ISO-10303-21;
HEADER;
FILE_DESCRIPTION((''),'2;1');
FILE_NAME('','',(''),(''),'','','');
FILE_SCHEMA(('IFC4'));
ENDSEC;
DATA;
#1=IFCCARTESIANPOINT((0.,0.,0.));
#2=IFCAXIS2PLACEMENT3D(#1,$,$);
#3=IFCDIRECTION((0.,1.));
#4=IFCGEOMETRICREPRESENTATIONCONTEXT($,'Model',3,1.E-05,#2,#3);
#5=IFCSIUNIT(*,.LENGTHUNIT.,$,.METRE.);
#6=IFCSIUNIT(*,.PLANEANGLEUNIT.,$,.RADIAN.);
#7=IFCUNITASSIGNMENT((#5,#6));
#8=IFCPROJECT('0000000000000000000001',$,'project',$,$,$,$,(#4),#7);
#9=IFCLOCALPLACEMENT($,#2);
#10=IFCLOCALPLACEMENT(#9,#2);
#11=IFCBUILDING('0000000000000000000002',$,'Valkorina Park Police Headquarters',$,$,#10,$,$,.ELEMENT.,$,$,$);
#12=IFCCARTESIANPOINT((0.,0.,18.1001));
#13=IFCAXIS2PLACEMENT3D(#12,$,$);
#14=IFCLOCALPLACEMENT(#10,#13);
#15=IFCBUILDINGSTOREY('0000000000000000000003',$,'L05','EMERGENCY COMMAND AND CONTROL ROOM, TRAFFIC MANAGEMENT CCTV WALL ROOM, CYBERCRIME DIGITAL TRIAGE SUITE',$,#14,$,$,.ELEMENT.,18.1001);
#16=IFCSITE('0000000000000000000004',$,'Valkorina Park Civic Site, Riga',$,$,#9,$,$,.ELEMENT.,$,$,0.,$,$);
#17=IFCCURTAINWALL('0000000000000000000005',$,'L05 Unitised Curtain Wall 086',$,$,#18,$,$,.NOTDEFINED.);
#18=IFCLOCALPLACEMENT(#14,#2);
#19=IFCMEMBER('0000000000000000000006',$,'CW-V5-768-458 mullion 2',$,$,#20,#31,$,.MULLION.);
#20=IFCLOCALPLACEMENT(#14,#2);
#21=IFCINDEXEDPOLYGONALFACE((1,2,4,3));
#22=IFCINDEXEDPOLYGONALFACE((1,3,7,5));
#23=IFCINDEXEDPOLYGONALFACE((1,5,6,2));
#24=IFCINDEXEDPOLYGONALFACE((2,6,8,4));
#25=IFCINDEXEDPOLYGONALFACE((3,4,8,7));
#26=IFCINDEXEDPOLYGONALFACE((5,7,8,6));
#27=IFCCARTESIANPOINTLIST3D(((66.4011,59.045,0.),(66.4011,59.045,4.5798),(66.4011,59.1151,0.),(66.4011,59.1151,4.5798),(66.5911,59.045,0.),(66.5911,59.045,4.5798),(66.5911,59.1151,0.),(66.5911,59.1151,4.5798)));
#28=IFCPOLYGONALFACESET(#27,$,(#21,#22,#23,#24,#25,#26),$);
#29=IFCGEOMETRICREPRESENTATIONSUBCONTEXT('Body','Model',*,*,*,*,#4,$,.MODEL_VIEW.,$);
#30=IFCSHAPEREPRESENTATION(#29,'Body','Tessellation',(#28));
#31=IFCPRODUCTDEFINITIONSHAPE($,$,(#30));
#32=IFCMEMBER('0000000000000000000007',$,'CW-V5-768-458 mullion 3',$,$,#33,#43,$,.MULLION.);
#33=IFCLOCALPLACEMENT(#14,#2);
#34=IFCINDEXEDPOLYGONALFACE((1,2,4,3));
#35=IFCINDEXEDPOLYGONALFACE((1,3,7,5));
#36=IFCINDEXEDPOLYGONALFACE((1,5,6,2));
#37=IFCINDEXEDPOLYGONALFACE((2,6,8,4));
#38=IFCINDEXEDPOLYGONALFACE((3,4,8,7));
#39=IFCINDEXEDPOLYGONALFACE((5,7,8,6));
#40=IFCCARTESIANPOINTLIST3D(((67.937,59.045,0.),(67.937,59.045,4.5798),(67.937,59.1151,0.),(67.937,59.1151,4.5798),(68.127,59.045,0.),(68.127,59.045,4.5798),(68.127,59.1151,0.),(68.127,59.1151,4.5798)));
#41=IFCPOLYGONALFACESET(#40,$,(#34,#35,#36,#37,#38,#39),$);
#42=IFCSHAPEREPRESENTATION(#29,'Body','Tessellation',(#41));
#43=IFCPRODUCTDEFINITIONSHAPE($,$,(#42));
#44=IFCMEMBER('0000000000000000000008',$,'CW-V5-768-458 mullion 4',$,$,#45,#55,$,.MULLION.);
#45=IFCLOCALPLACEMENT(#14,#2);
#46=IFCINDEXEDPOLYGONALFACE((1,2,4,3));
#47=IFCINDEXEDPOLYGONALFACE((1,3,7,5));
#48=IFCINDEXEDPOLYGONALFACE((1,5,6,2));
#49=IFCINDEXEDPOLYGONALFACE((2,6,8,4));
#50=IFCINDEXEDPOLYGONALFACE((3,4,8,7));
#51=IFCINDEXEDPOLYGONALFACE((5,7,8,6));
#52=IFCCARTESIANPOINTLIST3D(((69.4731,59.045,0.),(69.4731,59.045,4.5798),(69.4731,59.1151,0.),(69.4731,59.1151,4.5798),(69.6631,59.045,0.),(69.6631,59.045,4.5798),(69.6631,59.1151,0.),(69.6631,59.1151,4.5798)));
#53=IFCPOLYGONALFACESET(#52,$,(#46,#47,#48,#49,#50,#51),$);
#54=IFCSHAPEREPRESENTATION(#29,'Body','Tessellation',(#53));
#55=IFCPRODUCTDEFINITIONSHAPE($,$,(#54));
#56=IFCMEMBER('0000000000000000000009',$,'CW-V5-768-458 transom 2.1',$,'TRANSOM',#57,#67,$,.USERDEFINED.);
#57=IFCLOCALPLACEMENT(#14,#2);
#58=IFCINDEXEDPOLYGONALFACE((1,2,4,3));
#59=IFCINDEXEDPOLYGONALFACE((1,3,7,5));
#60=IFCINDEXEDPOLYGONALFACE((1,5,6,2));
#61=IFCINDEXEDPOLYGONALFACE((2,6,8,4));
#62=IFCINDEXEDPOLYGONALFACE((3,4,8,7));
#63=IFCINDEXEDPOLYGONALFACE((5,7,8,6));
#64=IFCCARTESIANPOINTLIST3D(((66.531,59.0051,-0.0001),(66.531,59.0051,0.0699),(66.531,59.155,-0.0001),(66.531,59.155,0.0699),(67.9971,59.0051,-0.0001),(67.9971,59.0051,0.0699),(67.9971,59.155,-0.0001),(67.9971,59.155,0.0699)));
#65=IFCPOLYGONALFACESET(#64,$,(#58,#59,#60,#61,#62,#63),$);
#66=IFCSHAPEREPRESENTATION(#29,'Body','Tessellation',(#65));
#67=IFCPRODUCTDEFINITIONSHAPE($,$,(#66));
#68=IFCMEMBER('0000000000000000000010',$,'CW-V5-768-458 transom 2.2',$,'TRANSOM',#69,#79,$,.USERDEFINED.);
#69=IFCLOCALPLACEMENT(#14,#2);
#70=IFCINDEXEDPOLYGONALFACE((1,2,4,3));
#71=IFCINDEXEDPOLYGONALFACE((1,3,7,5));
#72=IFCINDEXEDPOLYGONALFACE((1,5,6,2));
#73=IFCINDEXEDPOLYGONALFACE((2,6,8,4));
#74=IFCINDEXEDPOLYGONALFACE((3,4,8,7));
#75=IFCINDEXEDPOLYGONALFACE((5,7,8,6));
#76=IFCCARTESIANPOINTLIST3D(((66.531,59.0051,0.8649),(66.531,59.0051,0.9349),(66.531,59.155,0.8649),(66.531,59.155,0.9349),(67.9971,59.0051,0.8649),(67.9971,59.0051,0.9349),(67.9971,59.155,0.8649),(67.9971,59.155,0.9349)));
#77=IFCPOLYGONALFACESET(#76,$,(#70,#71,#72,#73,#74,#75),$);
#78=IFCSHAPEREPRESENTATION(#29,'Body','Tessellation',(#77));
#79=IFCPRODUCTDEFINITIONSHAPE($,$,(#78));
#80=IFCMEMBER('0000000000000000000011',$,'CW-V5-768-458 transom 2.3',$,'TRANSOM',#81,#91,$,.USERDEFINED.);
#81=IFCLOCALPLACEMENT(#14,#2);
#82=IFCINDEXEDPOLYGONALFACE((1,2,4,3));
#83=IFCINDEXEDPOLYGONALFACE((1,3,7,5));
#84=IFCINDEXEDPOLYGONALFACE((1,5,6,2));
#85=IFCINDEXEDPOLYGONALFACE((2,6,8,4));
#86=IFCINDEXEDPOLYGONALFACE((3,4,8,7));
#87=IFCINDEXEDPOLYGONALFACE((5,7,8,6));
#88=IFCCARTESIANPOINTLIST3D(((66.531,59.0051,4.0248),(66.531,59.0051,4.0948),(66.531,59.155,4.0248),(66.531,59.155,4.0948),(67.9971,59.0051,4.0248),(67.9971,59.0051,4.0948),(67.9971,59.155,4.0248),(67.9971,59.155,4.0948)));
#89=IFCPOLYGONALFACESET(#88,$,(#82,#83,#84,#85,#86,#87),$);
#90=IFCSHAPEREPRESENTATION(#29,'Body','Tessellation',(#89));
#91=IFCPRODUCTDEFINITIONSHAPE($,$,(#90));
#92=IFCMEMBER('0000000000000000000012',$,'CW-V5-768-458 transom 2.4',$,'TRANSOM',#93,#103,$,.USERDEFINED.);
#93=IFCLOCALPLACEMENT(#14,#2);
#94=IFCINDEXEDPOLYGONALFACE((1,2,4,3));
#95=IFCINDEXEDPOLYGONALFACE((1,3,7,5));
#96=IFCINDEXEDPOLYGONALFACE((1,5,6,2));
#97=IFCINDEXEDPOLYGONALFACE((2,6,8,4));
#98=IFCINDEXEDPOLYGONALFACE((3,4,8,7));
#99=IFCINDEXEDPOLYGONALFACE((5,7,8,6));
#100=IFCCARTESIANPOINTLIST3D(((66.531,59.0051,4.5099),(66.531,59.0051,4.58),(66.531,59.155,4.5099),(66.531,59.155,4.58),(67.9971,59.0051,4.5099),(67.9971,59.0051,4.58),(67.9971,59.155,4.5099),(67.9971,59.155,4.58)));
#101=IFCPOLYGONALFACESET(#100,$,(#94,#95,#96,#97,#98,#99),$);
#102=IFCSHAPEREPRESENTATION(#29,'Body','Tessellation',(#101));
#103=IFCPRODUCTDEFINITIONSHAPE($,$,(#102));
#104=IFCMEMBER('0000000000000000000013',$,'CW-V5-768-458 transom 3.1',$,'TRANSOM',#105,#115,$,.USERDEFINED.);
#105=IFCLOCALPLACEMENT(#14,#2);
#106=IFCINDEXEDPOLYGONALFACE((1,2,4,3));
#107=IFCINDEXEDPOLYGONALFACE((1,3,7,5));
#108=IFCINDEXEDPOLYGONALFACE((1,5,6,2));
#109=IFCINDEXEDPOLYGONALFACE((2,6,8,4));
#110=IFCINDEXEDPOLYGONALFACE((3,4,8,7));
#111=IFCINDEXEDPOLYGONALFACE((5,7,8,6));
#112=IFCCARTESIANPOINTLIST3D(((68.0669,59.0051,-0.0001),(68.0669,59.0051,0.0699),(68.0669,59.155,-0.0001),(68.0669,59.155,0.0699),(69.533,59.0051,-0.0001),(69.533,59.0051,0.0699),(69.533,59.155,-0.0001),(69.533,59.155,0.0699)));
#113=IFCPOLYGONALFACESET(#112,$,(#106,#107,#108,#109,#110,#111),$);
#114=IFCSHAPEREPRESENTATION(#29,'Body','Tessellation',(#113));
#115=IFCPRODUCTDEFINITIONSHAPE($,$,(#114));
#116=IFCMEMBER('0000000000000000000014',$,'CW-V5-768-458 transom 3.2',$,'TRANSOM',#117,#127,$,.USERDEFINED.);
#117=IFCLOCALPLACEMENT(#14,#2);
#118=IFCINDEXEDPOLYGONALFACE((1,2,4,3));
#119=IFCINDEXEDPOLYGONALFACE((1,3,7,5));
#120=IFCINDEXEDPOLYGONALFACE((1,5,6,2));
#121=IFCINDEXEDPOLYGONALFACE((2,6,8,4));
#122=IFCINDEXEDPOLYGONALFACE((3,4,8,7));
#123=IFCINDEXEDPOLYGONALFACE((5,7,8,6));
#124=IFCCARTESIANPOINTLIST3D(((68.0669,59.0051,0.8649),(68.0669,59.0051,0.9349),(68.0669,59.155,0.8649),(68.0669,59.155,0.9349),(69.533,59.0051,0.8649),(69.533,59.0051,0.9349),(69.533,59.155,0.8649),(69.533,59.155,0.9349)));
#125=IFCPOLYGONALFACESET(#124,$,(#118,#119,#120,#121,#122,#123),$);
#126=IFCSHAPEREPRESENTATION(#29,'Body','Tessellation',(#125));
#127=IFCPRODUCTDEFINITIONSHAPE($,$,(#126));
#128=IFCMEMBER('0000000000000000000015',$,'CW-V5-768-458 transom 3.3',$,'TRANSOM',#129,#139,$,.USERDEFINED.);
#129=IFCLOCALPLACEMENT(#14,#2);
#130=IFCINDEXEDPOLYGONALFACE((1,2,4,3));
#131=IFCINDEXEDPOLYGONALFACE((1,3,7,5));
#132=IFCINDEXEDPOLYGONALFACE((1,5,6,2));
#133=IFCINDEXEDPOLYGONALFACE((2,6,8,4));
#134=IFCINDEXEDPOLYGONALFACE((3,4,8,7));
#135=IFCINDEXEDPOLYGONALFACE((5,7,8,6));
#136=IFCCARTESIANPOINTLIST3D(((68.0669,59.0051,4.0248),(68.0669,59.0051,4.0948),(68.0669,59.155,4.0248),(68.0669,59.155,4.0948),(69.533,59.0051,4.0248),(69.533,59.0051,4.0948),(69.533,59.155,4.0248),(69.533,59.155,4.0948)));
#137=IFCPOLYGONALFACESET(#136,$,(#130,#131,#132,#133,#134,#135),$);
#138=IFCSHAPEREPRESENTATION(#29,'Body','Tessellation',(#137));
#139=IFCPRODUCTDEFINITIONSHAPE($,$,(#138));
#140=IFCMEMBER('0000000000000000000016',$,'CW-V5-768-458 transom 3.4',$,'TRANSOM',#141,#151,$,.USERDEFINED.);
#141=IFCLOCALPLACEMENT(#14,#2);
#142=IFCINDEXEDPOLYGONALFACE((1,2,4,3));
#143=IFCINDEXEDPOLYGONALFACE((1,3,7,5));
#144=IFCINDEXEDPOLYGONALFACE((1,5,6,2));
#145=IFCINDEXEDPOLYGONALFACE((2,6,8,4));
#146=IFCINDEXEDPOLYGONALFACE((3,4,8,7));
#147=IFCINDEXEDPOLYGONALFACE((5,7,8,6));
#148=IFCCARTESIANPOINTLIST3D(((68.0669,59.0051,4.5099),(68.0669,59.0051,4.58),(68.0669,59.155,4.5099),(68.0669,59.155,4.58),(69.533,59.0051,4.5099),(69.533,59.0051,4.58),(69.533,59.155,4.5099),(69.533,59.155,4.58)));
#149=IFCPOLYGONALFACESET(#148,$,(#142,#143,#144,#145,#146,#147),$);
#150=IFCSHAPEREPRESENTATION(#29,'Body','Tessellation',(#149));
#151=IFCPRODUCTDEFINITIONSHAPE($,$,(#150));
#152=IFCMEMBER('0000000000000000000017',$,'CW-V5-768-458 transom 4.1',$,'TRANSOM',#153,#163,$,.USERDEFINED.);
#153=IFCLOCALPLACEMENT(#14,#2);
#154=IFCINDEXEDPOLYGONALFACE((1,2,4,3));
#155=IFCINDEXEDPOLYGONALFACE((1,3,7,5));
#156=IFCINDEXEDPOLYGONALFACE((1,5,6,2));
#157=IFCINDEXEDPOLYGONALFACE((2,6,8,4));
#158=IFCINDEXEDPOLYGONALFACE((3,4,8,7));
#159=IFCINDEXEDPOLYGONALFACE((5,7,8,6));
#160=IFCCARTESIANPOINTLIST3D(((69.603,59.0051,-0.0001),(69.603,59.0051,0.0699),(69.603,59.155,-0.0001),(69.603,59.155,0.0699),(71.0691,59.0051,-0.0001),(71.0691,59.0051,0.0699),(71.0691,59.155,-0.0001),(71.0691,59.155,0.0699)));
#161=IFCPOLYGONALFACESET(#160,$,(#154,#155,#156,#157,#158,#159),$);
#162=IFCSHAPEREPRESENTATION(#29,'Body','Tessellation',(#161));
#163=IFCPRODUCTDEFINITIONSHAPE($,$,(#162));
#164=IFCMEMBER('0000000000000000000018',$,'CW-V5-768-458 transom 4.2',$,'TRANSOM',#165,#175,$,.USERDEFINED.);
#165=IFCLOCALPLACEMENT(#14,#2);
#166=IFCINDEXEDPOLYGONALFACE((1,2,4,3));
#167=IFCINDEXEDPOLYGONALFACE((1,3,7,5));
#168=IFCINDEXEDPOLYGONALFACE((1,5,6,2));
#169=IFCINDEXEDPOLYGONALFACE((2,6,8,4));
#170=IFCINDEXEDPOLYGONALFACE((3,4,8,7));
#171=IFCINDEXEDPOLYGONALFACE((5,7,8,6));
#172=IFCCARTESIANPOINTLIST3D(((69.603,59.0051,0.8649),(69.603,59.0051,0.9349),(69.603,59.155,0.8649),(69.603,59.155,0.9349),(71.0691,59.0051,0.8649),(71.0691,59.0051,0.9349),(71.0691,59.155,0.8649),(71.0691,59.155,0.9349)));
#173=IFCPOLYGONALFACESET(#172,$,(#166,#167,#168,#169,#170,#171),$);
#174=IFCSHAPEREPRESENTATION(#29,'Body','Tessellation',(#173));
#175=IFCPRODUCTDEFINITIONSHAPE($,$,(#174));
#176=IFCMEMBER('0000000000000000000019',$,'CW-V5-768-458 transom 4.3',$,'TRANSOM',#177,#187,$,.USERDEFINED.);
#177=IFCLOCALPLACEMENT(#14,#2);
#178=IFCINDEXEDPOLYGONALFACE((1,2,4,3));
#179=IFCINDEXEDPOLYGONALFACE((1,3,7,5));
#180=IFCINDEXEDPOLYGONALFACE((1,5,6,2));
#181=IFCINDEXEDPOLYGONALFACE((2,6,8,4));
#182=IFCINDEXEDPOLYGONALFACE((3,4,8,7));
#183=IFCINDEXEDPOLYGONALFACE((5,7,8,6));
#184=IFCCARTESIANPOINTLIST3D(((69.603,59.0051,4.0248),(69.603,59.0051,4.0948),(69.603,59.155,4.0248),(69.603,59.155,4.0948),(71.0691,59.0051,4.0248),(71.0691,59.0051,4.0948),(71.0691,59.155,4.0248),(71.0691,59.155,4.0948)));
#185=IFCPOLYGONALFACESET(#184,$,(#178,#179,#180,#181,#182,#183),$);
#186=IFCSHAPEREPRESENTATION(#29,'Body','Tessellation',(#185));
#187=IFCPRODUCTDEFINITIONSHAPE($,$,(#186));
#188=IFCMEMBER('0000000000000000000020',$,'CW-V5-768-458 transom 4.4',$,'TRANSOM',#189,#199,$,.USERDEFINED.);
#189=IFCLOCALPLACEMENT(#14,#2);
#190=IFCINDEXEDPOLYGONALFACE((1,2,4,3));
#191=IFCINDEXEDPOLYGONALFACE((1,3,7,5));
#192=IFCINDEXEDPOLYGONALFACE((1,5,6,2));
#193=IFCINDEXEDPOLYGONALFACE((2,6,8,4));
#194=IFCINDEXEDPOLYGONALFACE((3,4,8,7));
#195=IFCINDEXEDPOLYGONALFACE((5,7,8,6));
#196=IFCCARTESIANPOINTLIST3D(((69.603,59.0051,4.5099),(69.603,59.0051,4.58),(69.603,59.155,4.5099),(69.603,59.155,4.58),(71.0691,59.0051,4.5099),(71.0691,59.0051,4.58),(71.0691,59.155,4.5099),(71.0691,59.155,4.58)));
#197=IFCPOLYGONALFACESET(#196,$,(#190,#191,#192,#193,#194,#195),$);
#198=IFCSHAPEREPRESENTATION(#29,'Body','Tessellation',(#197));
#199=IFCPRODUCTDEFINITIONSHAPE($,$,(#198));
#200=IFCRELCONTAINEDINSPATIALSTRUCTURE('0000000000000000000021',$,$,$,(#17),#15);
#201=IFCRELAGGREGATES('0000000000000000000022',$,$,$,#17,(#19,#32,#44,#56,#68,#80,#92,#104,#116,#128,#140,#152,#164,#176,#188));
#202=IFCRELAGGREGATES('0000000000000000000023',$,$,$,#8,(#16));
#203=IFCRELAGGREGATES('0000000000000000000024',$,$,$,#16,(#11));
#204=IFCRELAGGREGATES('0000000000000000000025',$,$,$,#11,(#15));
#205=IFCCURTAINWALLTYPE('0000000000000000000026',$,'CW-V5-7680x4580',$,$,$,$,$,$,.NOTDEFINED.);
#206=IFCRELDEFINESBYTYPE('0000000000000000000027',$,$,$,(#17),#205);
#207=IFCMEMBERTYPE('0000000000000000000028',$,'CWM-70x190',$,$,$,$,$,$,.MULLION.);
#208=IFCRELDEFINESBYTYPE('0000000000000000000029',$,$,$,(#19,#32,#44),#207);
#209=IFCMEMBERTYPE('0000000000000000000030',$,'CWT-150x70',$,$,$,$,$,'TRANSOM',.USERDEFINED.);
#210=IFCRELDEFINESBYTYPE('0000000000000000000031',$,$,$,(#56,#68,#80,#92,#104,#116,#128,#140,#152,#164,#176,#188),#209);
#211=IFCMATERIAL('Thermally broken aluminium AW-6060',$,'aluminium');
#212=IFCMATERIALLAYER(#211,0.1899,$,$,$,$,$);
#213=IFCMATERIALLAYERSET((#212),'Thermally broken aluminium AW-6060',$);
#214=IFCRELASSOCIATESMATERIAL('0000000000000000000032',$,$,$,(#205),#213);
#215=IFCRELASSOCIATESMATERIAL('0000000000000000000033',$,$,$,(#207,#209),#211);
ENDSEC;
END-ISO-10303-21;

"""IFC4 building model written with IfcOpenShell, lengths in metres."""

from ifc_helpers import new_model, si_unit, direction, frame, origin, origin_2d, place, context, subcontext, project, spatial, rectangle, extrude, material, layer, layer_set, material_profile, profile_set, type_object, element, aggregate, save


model = new_model("IFC4")

# Units and contexts
model_context = context("Model", 3, precision=1e-05, world=origin(), true_north=direction((0.0, 1.0)))
body_context = subcontext(model_context, "Body", "Model", "MODEL_VIEW")
ifc_project = project(units=[si_unit("LENGTHUNIT", "METRE"), si_unit("PLANEANGLEUNIT", "RADIAN")], contexts=[model_context])

# Site, building, storey
site_placement = place(None, origin())
site = spatial("IfcSite", under=ifc_project, at=site_placement, Name="Valkorina Park Civic Site, Riga", CompositionType="ELEMENT", RefElevation=0.0)
building_placement = place(site_placement, origin())
building = spatial("IfcBuilding", under=site, at=building_placement, Name="Valkorina Park Police Headquarters", CompositionType="ELEMENT")
storey_placement = place(building_placement, frame((0.0, 0.0, 18.1001)))
storey = spatial("IfcBuildingStorey", under=building, at=storey_placement, Name="L05", Description="EMERGENCY COMMAND AND CONTROL ROOM, TRAFFIC MANAGEMENT CCTV WALL ROOM, CYBERCRIME DIGITAL TRIAGE SUITE", CompositionType="ELEMENT", Elevation=18.1001)

# Curtain wall, members
ifc_material_1 = material(Name="Thermally broken aluminium AW-6060", Category="aluminium")
ifc_layer_1 = layer(ifc_material_1, 0.1899)
ifc_layer_set_1 = layer_set([ifc_layer_1], Name="Thermally broken aluminium AW-6060")
curtain_wall_type = type_object("IfcCurtainWallType", Name="CW-V5-7680x4580", PredefinedType="NOTDEFINED", material=ifc_layer_set_1)
curtain_wall_placement = place(storey_placement, origin())
curtain_wall = element("IfcCurtainWall", 1, at=curtain_wall_placement, inside=storey, type_object=curtain_wall_type, Name="L05 Unitised Curtain Wall 086", PredefinedType="NOTDEFINED")
ifc_material_profile_1 = material_profile(ifc_material_1, rectangle(XDim=0.0701, YDim=0.1899, at=origin_2d()), Name="CWM-02 70x190")
ifc_profile_set_1 = profile_set([ifc_material_profile_1], Name="Thermally broken aluminium AW-6060")
member_type_1 = type_object("IfcMemberType", Name="CWM-70x190", PredefinedType="MULLION", material=ifc_profile_set_1)
member_1_placement = place(storey_placement, frame((66.4961, 59.0801, 0.0), z_axis=(0.0, 0.0, 1.0), x_axis=(0.0, 1.0, 0.0)))
member_1 = element("IfcMember", 2, at=member_1_placement, type_object=member_type_1, Name="CW-V5-768-458 mullion 2", PredefinedType="MULLION", context=body_context, shape_type="SweptSolid", body=[
    extrude(rectangle(XDim=0.0701, YDim=0.1899, at=origin_2d()), origin(), (0.0, 0.0, 1.0), 4.5798),
])
member_2_placement = place(storey_placement, frame((68.032, 59.0801, 0.0), z_axis=(0.0, 0.0, 1.0), x_axis=(0.0, 1.0, 0.0)))
member_2 = element("IfcMember", 3, at=member_2_placement, type_object=member_type_1, Name="CW-V5-768-458 mullion 3", PredefinedType="MULLION", context=body_context, shape_type="SweptSolid", body=[
    extrude(rectangle(XDim=0.0701, YDim=0.1899, at=origin_2d()), origin(), (0.0, 0.0, 1.0), 4.5798),
])
member_3_placement = place(storey_placement, frame((69.5681, 59.0801, 0.0), z_axis=(0.0, 0.0, 1.0), x_axis=(0.0, 1.0, 0.0)))
member_3 = element("IfcMember", 4, at=member_3_placement, type_object=member_type_1, Name="CW-V5-768-458 mullion 4", PredefinedType="MULLION", context=body_context, shape_type="SweptSolid", body=[
    extrude(rectangle(XDim=0.0701, YDim=0.1899, at=origin_2d()), origin(), (0.0, 0.0, 1.0), 4.5798),
])
ifc_material_profile_2 = material_profile(ifc_material_1, rectangle(XDim=0.1499, YDim=0.0701, at=origin_2d()), Name="CWT-02 150x70")
ifc_profile_set_2 = profile_set([ifc_material_profile_2], Name="Thermally broken aluminium AW-6060")
member_type_2 = type_object("IfcMemberType", Name="CWT-150x70", ElementType="TRANSOM", PredefinedType="USERDEFINED", material=ifc_profile_set_2)
member_4_placement = place(storey_placement, frame((66.531, 59.0801, 0.0349), z_axis=(1.0, 0.0, 0.0), x_axis=(0.0, 1.0, 0.0)))
member_4 = element("IfcMember", 5, at=member_4_placement, type_object=member_type_2, Name="CW-V5-768-458 transom 2.1", ObjectType="TRANSOM", PredefinedType="USERDEFINED", context=body_context, shape_type="SweptSolid", body=[
    extrude(rectangle(XDim=0.1499, YDim=0.0701, at=origin_2d()), origin(), (0.0, 0.0, 1.0), 1.4661),
])
member_5_placement = place(storey_placement, frame((66.531, 59.0801, 0.8999), z_axis=(1.0, 0.0, 0.0), x_axis=(0.0, 1.0, 0.0)))
member_5 = element("IfcMember", 6, at=member_5_placement, type_object=member_type_2, Name="CW-V5-768-458 transom 2.2", ObjectType="TRANSOM", PredefinedType="USERDEFINED", context=body_context, shape_type="SweptSolid", body=[
    extrude(rectangle(XDim=0.1499, YDim=0.0701, at=origin_2d()), origin(), (0.0, 0.0, 1.0), 1.4661),
])
member_6_placement = place(storey_placement, frame((66.531, 59.0801, 4.0598), z_axis=(1.0, 0.0, 0.0), x_axis=(0.0, 1.0, 0.0)))
member_6 = element("IfcMember", 7, at=member_6_placement, type_object=member_type_2, Name="CW-V5-768-458 transom 2.3", ObjectType="TRANSOM", PredefinedType="USERDEFINED", context=body_context, shape_type="SweptSolid", body=[
    extrude(rectangle(XDim=0.1499, YDim=0.0701, at=origin_2d()), origin(), (0.0, 0.0, 1.0), 1.4661),
])
member_7_placement = place(storey_placement, frame((66.531, 59.0801, 4.5449), z_axis=(1.0, 0.0, 0.0), x_axis=(0.0, 1.0, 0.0)))
member_7 = element("IfcMember", 8, at=member_7_placement, type_object=member_type_2, Name="CW-V5-768-458 transom 2.4", ObjectType="TRANSOM", PredefinedType="USERDEFINED", context=body_context, shape_type="SweptSolid", body=[
    extrude(rectangle(XDim=0.1499, YDim=0.0701, at=origin_2d()), origin(), (0.0, 0.0, 1.0), 1.4661),
])
member_8_placement = place(storey_placement, frame((68.0669, 59.0801, 0.0349), z_axis=(1.0, 0.0, 0.0), x_axis=(0.0, 1.0, 0.0)))
member_8 = element("IfcMember", 9, at=member_8_placement, type_object=member_type_2, Name="CW-V5-768-458 transom 3.1", ObjectType="TRANSOM", PredefinedType="USERDEFINED", context=body_context, shape_type="SweptSolid", body=[
    extrude(rectangle(XDim=0.1499, YDim=0.0701, at=origin_2d()), origin(), (0.0, 0.0, 1.0), 1.4661),
])
member_9_placement = place(storey_placement, frame((68.0669, 59.0801, 0.8999), z_axis=(1.0, 0.0, 0.0), x_axis=(0.0, 1.0, 0.0)))
member_9 = element("IfcMember", 10, at=member_9_placement, type_object=member_type_2, Name="CW-V5-768-458 transom 3.2", ObjectType="TRANSOM", PredefinedType="USERDEFINED", context=body_context, shape_type="SweptSolid", body=[
    extrude(rectangle(XDim=0.1499, YDim=0.0701, at=origin_2d()), origin(), (0.0, 0.0, 1.0), 1.4661),
])
member_10_placement = place(storey_placement, frame((68.0669, 59.0801, 4.0598), z_axis=(1.0, 0.0, 0.0), x_axis=(0.0, 1.0, 0.0)))
member_10 = element("IfcMember", 11, at=member_10_placement, type_object=member_type_2, Name="CW-V5-768-458 transom 3.3", ObjectType="TRANSOM", PredefinedType="USERDEFINED", context=body_context, shape_type="SweptSolid", body=[
    extrude(rectangle(XDim=0.1499, YDim=0.0701, at=origin_2d()), origin(), (0.0, 0.0, 1.0), 1.4661),
])
member_11_placement = place(storey_placement, frame((68.0669, 59.0801, 4.5449), z_axis=(1.0, 0.0, 0.0), x_axis=(0.0, 1.0, 0.0)))
member_11 = element("IfcMember", 12, at=member_11_placement, type_object=member_type_2, Name="CW-V5-768-458 transom 3.4", ObjectType="TRANSOM", PredefinedType="USERDEFINED", context=body_context, shape_type="SweptSolid", body=[
    extrude(rectangle(XDim=0.1499, YDim=0.0701, at=origin_2d()), origin(), (0.0, 0.0, 1.0), 1.4661),
])
member_12_placement = place(storey_placement, frame((69.603, 59.0801, 0.0349), z_axis=(1.0, 0.0, 0.0), x_axis=(0.0, 1.0, 0.0)))
member_12 = element("IfcMember", 13, at=member_12_placement, type_object=member_type_2, Name="CW-V5-768-458 transom 4.1", ObjectType="TRANSOM", PredefinedType="USERDEFINED", context=body_context, shape_type="SweptSolid", body=[
    extrude(rectangle(XDim=0.1499, YDim=0.0701, at=origin_2d()), origin(), (0.0, 0.0, 1.0), 1.4661),
])
member_13_placement = place(storey_placement, frame((69.603, 59.0801, 0.8999), z_axis=(1.0, 0.0, 0.0), x_axis=(0.0, 1.0, 0.0)))
member_13 = element("IfcMember", 14, at=member_13_placement, type_object=member_type_2, Name="CW-V5-768-458 transom 4.2", ObjectType="TRANSOM", PredefinedType="USERDEFINED", context=body_context, shape_type="SweptSolid", body=[
    extrude(rectangle(XDim=0.1499, YDim=0.0701, at=origin_2d()), origin(), (0.0, 0.0, 1.0), 1.4661),
])
member_14_placement = place(storey_placement, frame((69.603, 59.0801, 4.0598), z_axis=(1.0, 0.0, 0.0), x_axis=(0.0, 1.0, 0.0)))
member_14 = element("IfcMember", 15, at=member_14_placement, type_object=member_type_2, Name="CW-V5-768-458 transom 4.3", ObjectType="TRANSOM", PredefinedType="USERDEFINED", context=body_context, shape_type="SweptSolid", body=[
    extrude(rectangle(XDim=0.1499, YDim=0.0701, at=origin_2d()), origin(), (0.0, 0.0, 1.0), 1.4661),
])
member_15_placement = place(storey_placement, frame((69.603, 59.0801, 4.5449), z_axis=(1.0, 0.0, 0.0), x_axis=(0.0, 1.0, 0.0)))
member_15 = element("IfcMember", 16, at=member_15_placement, type_object=member_type_2, Name="CW-V5-768-458 transom 4.4", ObjectType="TRANSOM", PredefinedType="USERDEFINED", context=body_context, shape_type="SweptSolid", body=[
    extrude(rectangle(XDim=0.1499, YDim=0.0701, at=origin_2d()), origin(), (0.0, 0.0, 1.0), 1.4661),
])
aggregate(curtain_wall, [member_1, member_2, member_3, member_4, member_5, member_6, member_7, member_8, member_9, member_10, member_11, member_12, member_13, member_14, member_15])

save(model, "model.ifc")
